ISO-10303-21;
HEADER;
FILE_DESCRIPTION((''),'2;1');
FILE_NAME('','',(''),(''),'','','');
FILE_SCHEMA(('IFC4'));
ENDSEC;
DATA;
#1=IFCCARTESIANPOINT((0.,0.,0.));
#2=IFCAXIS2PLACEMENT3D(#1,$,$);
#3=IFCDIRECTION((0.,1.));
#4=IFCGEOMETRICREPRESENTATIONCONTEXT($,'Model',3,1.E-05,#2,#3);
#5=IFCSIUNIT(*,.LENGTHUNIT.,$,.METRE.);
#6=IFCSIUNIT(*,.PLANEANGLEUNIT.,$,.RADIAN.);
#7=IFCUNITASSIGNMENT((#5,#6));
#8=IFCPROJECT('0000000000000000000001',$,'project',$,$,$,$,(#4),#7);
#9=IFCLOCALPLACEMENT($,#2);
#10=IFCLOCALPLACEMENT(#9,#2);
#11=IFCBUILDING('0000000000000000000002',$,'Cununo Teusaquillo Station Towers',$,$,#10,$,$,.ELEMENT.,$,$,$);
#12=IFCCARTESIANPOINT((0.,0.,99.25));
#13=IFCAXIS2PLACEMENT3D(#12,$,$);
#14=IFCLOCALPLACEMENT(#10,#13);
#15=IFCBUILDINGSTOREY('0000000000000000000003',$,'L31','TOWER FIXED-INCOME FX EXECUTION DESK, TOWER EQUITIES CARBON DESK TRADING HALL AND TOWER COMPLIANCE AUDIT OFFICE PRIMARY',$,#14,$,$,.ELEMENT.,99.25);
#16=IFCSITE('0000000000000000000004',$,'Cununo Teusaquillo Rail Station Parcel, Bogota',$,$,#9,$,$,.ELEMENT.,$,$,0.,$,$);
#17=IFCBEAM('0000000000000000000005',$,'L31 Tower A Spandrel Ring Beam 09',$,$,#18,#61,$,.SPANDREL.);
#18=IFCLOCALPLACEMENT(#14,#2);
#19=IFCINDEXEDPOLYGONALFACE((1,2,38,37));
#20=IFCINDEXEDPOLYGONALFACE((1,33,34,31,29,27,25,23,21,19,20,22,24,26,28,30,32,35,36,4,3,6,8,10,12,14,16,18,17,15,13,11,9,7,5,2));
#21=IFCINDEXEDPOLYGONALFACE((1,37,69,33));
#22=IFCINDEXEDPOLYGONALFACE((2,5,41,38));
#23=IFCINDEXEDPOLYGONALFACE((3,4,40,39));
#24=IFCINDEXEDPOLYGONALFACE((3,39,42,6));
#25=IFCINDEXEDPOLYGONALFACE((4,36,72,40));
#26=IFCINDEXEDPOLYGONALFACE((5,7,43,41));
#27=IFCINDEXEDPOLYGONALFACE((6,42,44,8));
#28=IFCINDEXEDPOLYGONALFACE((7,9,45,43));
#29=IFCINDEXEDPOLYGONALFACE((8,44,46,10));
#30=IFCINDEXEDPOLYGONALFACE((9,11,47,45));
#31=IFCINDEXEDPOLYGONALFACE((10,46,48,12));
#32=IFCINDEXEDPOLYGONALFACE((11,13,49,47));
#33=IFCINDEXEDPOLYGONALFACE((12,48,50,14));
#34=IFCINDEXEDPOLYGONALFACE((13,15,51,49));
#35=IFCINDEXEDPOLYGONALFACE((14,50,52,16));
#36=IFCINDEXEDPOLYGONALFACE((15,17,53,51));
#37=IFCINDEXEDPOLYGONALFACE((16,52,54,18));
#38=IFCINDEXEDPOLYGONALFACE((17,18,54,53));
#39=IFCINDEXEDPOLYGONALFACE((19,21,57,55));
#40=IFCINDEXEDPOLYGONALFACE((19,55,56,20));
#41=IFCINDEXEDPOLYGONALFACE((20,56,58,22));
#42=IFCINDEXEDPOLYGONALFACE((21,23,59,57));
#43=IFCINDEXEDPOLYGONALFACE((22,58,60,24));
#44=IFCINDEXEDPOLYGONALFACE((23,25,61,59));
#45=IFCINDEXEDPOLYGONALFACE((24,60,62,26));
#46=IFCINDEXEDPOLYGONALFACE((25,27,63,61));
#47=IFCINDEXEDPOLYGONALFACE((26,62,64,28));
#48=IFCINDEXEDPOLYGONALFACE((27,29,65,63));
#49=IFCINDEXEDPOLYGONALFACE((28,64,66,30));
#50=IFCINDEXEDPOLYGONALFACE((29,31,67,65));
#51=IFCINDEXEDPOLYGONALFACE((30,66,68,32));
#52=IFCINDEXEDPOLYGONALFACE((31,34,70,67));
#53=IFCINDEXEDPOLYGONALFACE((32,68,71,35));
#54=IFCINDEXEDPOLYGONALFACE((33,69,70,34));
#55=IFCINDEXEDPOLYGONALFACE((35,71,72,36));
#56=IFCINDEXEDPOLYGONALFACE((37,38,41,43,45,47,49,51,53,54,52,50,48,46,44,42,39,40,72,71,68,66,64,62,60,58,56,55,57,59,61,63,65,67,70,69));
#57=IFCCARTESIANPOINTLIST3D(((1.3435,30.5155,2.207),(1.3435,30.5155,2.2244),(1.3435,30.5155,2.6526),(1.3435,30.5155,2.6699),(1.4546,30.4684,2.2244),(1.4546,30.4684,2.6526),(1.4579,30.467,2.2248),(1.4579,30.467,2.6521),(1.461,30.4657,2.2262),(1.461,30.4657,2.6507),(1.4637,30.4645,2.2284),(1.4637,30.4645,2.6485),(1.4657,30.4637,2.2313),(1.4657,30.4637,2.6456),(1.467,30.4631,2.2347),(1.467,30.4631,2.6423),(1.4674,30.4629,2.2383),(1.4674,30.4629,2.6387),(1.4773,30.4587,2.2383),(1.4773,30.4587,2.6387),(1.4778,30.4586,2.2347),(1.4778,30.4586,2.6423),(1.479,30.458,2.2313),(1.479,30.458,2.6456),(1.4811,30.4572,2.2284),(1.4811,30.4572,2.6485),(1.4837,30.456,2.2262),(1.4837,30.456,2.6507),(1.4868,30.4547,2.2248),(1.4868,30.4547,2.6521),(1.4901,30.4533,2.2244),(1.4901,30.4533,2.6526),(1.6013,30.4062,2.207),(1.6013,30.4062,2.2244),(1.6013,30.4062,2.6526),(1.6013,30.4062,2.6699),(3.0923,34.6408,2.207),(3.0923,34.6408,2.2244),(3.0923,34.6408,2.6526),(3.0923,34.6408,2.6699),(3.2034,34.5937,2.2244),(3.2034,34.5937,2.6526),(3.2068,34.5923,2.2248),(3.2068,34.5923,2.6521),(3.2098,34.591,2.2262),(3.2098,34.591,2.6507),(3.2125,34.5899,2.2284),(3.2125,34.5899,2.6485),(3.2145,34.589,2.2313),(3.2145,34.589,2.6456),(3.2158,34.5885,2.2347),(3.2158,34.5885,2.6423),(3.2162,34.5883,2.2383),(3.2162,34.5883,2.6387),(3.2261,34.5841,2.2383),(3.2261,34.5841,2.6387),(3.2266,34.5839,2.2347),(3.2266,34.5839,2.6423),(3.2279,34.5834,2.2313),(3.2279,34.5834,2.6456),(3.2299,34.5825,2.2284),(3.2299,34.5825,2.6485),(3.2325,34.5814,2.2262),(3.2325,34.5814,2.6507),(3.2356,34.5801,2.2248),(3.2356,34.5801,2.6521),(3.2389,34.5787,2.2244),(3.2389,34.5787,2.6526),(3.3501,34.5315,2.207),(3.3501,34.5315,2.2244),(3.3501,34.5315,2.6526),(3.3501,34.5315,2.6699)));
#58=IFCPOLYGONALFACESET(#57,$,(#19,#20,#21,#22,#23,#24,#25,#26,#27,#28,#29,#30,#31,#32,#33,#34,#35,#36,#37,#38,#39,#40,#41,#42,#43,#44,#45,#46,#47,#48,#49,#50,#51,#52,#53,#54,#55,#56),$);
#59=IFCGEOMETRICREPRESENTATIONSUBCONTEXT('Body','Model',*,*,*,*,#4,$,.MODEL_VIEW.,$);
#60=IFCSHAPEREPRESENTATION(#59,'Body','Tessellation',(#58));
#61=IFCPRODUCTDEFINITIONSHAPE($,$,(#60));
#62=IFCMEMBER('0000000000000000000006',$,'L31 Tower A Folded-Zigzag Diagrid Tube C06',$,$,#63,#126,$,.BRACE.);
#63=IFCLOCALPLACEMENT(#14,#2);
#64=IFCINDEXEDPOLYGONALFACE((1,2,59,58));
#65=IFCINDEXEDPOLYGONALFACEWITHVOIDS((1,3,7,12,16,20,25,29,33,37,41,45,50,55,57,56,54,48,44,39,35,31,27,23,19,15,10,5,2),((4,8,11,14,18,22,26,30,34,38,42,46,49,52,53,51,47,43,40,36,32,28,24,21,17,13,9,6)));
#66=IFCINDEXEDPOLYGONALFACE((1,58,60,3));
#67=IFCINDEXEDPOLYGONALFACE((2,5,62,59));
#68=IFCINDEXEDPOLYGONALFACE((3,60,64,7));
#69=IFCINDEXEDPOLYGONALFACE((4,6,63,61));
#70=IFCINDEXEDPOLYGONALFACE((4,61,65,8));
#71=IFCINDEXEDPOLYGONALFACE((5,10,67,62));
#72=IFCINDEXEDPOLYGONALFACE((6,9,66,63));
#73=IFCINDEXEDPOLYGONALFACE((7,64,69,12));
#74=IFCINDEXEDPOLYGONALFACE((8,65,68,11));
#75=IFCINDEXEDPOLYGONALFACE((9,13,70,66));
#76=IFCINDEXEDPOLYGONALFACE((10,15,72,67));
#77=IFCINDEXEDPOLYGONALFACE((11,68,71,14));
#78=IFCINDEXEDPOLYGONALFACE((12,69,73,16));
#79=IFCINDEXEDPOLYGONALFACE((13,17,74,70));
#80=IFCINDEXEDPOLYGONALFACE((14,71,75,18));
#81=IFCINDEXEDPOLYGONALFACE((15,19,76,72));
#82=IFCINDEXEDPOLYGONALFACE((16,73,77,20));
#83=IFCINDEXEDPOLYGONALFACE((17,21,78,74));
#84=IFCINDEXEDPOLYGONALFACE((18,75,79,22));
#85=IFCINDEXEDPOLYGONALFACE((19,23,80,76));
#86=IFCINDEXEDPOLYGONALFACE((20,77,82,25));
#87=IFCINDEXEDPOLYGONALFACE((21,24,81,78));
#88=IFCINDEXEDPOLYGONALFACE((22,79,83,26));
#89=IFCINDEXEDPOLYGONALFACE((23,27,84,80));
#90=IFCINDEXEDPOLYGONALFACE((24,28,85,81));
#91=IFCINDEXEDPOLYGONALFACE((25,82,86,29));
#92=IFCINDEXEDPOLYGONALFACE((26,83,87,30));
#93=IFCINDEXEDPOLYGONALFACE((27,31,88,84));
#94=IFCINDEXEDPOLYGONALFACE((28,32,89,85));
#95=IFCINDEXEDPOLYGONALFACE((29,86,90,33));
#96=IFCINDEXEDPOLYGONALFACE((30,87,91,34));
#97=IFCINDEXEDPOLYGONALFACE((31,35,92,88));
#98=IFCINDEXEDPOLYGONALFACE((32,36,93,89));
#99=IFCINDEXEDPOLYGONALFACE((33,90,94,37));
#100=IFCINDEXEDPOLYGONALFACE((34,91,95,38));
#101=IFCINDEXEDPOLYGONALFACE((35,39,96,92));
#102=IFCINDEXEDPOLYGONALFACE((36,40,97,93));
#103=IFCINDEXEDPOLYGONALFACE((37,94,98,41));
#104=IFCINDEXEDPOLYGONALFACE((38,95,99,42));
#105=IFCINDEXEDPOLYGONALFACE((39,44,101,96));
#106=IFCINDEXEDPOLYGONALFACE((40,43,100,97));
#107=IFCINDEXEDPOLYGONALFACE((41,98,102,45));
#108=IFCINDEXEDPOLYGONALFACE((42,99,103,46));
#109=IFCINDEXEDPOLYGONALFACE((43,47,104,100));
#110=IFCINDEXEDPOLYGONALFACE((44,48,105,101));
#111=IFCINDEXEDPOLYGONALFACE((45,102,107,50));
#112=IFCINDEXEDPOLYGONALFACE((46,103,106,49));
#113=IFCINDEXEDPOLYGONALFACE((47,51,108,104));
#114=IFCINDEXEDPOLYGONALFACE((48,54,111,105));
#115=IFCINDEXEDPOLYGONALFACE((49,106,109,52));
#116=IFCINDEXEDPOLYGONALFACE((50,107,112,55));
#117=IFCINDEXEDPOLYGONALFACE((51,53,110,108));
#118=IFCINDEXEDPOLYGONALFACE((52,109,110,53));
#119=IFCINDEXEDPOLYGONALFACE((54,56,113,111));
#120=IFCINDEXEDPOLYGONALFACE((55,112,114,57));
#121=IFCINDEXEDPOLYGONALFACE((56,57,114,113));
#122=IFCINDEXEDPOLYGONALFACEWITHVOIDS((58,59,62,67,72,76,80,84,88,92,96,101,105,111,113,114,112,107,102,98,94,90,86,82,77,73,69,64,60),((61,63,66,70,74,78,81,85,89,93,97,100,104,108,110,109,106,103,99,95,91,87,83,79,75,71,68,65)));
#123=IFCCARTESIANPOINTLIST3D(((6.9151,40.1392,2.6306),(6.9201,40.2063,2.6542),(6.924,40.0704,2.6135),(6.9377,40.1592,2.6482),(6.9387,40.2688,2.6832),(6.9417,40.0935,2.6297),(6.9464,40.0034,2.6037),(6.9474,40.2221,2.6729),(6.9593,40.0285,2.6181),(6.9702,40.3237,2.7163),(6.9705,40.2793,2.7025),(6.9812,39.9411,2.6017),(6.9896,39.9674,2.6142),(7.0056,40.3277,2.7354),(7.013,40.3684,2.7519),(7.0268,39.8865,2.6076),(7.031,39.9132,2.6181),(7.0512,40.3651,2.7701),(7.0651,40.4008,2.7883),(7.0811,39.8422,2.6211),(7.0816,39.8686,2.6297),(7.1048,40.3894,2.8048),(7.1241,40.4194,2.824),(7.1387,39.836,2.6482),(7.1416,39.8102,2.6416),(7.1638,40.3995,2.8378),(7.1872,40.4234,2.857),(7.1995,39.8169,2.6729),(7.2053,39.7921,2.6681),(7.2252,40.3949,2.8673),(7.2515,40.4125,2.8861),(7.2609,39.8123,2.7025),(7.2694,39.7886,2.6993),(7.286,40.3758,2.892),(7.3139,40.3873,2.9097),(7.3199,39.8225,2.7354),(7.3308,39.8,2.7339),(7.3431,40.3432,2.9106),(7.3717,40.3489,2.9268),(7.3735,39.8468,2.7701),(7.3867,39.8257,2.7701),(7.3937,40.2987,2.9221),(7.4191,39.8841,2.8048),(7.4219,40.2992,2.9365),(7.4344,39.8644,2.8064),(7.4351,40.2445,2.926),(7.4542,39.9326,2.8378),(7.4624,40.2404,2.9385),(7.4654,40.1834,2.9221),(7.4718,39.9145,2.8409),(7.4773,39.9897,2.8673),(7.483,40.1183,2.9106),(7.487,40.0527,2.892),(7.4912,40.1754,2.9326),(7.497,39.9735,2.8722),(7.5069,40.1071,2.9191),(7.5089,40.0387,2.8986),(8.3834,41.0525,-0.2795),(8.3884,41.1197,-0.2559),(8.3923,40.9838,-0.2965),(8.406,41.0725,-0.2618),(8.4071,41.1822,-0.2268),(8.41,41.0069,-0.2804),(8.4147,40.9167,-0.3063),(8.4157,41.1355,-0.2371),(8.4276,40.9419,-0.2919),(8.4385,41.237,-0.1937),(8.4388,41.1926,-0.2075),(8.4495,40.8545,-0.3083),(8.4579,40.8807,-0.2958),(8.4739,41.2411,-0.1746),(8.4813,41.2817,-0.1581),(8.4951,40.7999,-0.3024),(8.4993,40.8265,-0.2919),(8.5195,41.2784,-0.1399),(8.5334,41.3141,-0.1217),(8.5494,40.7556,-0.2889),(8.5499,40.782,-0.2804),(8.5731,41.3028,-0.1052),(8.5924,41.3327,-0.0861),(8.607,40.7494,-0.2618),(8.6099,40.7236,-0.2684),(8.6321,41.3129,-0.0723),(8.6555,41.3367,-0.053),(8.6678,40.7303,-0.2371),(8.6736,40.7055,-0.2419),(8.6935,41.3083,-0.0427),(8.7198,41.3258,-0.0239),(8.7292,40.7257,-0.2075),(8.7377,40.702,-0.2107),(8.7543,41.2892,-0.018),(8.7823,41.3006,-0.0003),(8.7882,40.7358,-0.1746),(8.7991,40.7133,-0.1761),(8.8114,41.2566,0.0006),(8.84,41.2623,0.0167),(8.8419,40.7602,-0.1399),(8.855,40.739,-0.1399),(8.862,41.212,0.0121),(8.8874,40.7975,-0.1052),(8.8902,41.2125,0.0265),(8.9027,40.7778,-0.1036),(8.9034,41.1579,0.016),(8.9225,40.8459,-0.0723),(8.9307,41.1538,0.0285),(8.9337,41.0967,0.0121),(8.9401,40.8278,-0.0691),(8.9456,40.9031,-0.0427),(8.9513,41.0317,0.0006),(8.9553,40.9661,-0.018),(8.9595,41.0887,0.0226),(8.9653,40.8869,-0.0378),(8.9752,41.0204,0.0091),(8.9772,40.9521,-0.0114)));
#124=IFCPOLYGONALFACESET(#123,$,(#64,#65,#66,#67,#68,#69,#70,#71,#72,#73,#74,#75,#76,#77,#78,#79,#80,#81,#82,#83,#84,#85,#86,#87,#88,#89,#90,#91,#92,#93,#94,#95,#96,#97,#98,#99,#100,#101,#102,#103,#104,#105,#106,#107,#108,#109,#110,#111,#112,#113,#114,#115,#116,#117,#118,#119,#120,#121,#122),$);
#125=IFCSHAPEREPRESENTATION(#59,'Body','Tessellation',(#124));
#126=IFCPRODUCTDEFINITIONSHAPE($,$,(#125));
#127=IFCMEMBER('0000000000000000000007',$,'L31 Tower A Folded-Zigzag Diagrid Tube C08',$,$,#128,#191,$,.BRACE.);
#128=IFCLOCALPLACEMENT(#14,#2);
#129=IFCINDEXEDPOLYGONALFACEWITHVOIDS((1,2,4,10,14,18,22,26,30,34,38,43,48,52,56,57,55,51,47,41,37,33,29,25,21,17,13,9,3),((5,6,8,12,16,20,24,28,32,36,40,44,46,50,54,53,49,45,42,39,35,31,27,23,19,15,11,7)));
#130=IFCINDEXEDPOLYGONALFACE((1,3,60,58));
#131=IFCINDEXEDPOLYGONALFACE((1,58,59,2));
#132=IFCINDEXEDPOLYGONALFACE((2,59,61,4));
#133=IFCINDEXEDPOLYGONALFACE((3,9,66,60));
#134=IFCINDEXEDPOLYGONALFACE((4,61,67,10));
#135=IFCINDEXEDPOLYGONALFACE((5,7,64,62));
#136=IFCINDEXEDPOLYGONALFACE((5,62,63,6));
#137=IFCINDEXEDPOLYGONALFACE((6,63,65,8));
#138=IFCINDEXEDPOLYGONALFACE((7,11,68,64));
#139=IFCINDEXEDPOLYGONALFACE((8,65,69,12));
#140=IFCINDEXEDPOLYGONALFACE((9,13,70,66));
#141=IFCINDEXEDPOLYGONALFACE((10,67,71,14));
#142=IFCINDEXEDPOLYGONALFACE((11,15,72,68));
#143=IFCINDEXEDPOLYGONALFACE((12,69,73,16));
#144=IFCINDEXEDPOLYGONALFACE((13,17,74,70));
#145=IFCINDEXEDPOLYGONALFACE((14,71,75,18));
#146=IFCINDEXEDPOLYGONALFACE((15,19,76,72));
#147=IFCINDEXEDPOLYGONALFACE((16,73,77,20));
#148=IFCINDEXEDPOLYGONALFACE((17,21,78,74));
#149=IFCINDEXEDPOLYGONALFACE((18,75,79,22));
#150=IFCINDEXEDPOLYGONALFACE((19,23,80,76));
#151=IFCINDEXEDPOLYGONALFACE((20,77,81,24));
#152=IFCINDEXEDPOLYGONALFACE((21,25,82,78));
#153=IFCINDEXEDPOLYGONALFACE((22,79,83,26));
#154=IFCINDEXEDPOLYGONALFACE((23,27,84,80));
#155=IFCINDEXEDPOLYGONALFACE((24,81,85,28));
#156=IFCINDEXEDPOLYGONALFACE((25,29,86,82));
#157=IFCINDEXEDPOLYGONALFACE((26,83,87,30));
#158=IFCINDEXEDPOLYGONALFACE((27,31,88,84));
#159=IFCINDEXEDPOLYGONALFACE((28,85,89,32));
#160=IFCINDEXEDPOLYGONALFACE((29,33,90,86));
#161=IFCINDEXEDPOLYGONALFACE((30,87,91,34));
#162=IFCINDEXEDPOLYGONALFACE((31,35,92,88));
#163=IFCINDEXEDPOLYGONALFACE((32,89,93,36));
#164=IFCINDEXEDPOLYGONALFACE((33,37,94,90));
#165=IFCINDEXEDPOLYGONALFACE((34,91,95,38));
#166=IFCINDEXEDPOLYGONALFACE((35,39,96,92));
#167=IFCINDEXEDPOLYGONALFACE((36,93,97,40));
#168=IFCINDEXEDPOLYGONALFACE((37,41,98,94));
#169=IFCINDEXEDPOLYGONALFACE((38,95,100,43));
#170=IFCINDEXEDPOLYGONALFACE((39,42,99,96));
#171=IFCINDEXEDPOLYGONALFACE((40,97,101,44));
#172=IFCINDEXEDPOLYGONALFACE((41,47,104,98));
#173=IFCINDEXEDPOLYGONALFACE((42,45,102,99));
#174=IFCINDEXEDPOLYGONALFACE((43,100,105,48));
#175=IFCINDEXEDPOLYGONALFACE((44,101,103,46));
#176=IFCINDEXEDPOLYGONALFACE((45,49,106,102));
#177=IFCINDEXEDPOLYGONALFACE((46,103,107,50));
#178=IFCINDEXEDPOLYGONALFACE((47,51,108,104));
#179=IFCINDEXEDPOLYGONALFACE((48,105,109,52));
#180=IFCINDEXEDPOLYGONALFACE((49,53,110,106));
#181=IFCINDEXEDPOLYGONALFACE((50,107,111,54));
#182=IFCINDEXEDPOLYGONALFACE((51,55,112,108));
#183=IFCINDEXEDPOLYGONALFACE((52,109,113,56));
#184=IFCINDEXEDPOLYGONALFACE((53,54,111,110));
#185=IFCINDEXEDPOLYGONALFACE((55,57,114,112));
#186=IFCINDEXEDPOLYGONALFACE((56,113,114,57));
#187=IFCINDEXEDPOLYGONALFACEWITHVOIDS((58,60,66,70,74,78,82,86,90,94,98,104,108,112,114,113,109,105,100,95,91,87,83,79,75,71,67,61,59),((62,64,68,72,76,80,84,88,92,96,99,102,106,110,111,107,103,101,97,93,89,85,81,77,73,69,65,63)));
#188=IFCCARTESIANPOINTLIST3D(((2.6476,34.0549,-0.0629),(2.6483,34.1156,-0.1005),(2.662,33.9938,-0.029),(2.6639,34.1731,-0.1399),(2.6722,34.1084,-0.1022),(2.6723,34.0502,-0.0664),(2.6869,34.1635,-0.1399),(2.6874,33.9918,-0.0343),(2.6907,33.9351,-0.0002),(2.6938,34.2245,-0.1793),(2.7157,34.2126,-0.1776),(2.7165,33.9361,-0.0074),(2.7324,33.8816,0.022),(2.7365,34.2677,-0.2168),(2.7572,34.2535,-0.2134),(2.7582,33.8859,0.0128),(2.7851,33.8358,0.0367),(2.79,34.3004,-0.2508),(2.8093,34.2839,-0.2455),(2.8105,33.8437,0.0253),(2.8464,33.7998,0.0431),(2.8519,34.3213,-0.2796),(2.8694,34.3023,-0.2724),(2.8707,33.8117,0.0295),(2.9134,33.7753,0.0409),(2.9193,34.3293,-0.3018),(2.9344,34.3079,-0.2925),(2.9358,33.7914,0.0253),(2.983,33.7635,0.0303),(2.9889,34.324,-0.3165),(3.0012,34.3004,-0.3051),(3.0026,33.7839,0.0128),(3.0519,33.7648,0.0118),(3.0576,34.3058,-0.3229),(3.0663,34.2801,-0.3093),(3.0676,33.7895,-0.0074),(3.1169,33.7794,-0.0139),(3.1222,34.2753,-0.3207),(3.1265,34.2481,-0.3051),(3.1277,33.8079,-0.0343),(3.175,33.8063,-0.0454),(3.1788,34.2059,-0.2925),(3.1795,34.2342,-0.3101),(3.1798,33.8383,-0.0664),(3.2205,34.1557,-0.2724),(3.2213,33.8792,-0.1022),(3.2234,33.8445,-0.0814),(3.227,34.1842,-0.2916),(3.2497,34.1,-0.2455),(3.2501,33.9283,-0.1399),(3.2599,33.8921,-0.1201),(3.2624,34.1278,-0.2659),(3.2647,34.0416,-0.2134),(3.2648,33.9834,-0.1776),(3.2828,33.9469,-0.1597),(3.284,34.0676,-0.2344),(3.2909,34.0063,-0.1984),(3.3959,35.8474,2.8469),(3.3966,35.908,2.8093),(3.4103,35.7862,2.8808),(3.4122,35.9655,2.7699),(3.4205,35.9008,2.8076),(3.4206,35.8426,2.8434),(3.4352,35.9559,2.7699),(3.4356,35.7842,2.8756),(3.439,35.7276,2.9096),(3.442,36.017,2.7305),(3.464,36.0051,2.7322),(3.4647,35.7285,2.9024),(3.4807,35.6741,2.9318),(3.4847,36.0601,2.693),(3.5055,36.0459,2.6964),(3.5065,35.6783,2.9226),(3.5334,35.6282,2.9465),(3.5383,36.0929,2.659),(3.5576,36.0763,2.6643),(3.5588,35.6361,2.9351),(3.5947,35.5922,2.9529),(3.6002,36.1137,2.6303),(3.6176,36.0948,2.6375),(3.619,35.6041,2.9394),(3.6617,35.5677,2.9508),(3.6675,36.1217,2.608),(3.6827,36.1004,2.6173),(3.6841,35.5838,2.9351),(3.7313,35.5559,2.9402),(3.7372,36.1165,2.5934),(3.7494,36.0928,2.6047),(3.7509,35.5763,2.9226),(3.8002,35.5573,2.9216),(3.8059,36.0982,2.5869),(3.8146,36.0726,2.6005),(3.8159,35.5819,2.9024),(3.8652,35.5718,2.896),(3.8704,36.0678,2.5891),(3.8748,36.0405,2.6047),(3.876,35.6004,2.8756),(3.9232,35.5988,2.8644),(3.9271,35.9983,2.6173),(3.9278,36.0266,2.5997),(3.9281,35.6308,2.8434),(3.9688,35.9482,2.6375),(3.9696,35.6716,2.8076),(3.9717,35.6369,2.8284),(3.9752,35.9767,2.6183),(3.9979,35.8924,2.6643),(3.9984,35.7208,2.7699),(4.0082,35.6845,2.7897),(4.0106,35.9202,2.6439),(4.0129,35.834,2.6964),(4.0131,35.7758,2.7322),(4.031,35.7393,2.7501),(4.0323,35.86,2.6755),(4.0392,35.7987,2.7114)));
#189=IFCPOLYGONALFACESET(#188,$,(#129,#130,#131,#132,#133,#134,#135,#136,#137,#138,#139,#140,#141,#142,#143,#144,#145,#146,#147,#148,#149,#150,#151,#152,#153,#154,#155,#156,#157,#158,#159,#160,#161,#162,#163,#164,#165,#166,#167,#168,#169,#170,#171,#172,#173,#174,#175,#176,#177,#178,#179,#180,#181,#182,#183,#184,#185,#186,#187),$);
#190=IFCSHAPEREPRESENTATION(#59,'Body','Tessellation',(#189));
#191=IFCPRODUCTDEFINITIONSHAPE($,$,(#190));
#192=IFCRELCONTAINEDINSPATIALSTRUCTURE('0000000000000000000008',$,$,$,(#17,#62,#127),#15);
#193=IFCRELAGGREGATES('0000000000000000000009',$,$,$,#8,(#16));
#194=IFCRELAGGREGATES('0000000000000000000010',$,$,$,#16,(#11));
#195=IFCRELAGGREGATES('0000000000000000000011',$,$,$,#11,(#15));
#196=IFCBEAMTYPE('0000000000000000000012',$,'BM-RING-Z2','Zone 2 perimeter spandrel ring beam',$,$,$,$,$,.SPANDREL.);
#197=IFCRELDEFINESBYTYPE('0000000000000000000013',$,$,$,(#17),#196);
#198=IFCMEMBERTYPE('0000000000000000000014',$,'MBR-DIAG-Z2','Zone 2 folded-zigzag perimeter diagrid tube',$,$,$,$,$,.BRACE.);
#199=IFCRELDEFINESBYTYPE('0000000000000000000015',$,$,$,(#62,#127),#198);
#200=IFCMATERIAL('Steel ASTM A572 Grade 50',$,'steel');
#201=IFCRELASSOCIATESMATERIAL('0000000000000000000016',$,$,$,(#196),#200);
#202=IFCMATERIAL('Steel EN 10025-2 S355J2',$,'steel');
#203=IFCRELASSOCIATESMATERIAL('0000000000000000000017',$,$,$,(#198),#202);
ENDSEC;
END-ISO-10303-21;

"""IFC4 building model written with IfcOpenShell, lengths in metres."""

from ifc_helpers import new_model, si_unit, direction, frame, origin, origin_2d, place, context, subcontext, project, spatial, hollow_circle, i_section, extrude, material, material_profile, profile_set, type_object, element, save


model = new_model("IFC4")

# Units and contexts
model_context = context("Model", 3, precision=1e-05, world=origin(), true_north=direction((0.0, 1.0)))
body_context = subcontext(model_context, "Body", "Model", "MODEL_VIEW")
ifc_project = project(units=[si_unit("LENGTHUNIT", "METRE"), si_unit("PLANEANGLEUNIT", "RADIAN")], contexts=[model_context])

# Site, building, storey
site_placement = place(None, origin())
site = spatial("IfcSite", under=ifc_project, at=site_placement, Name="Cununo Teusaquillo Rail Station Parcel, Bogota", CompositionType="ELEMENT", RefElevation=0.0)
building_placement = place(site_placement, origin())
building = spatial("IfcBuilding", under=site, at=building_placement, Name="Cununo Teusaquillo Station Towers", CompositionType="ELEMENT")
storey_placement = place(building_placement, frame((0.0, 0.0, 99.25)))
storey = spatial("IfcBuildingStorey", under=building, at=storey_placement, Name="L31", Description="TOWER FIXED-INCOME FX EXECUTION DESK, TOWER EQUITIES CARBON DESK TRADING HALL AND TOWER COMPLIANCE AUDIT OFFICE PRIMARY", CompositionType="ELEMENT", Elevation=99.25)

# Beam
ifc_material_1 = material(Name="Steel ASTM A572 Grade 50", Category="steel")
ifc_material_profile_1 = material_profile(ifc_material_1, i_section(OverallWidth=0.28, OverallDepth=0.4629, WebThickness=0.0107, FlangeThickness=0.0173, FilletRadius=0.0139, at=origin_2d()), Name="W18X76")
ifc_profile_set_1 = profile_set([ifc_material_profile_1], Name="Steel ASTM A572 Grade 50")
beam_type_1 = type_object("IfcBeamType", Name="BM-RING-Z2", Description="Zone 2 perimeter spandrel ring beam", PredefinedType="SPANDREL", material=ifc_profile_set_1)
beam_1_placement = place(storey_placement, frame((3.2212, 34.5862, 2.4385), z_axis=(-0.390299, -0.920688, 0.0), x_axis=(0.920688, -0.390299, 0.0)))
element("IfcBeam", 1, at=beam_1_placement, inside=storey, type_object=beam_type_1, Name="L31 Tower A Spandrel Ring Beam 09", PredefinedType="SPANDREL", context=body_context, shape_type="SweptSolid", body=[
    extrude(i_section(OverallWidth=0.28, OverallDepth=0.4629, WebThickness=0.0107, FlangeThickness=0.0173, FilletRadius=0.0139, at=origin_2d()), origin(), (0.0, 0.0, 1.0), 4.4807),
])

# Members
ifc_material_2 = material(Name="Steel EN 10025-2 S355J2", Category="steel")
ifc_material_profile_2 = material_profile(ifc_material_2, hollow_circle(Radius=0.3301, WallThickness=0.0249, at=origin_2d()), Name="CHS 660x25")
ifc_profile_set_2 = profile_set([ifc_material_profile_2], Name="Steel EN 10025-2 S355J2")
member_type = type_object("IfcMemberType", Name="MBR-DIAG-Z2", Description="Zone 2 folded-zigzag perimeter diagrid tube", PredefinedType="BRACE", material=ifc_profile_set_2)
member_1_placement = place(storey_placement, frame((8.6807, 41.0193, -0.1399), z_axis=(-0.433768, -0.269825, 0.859674), x_axis=(0.528196, -0.849123, 0.0)))
element("IfcMember", 2, at=member_1_placement, inside=storey, type_object=member_type, Name="L31 Tower A Folded-Zigzag Diagrid Tube C06", PredefinedType="BRACE", context=body_context, shape_type="SweptSolid", body=[
    extrude(hollow_circle(Radius=0.3301, WallThickness=0.0249, at=origin_2d()), origin(), (0.0, 0.0, 1.0), 3.385),
])
member_2_placement = place(storey_placement, frame((2.9685, 34.0459, -0.1399), z_axis=(0.21388, 0.512336, 0.831726), x_axis=(-0.922816, 0.38524, 0.0)))
element("IfcMember", 3, at=member_2_placement, inside=storey, type_object=member_type, Name="L31 Tower A Folded-Zigzag Diagrid Tube C08", PredefinedType="BRACE", context=body_context, shape_type="SweptSolid", body=[
    extrude(hollow_circle(Radius=0.3301, WallThickness=0.0249, at=origin_2d()), origin(), (0.0, 0.0, 1.0), 3.4985),
])

save(model, "model.ifc")
